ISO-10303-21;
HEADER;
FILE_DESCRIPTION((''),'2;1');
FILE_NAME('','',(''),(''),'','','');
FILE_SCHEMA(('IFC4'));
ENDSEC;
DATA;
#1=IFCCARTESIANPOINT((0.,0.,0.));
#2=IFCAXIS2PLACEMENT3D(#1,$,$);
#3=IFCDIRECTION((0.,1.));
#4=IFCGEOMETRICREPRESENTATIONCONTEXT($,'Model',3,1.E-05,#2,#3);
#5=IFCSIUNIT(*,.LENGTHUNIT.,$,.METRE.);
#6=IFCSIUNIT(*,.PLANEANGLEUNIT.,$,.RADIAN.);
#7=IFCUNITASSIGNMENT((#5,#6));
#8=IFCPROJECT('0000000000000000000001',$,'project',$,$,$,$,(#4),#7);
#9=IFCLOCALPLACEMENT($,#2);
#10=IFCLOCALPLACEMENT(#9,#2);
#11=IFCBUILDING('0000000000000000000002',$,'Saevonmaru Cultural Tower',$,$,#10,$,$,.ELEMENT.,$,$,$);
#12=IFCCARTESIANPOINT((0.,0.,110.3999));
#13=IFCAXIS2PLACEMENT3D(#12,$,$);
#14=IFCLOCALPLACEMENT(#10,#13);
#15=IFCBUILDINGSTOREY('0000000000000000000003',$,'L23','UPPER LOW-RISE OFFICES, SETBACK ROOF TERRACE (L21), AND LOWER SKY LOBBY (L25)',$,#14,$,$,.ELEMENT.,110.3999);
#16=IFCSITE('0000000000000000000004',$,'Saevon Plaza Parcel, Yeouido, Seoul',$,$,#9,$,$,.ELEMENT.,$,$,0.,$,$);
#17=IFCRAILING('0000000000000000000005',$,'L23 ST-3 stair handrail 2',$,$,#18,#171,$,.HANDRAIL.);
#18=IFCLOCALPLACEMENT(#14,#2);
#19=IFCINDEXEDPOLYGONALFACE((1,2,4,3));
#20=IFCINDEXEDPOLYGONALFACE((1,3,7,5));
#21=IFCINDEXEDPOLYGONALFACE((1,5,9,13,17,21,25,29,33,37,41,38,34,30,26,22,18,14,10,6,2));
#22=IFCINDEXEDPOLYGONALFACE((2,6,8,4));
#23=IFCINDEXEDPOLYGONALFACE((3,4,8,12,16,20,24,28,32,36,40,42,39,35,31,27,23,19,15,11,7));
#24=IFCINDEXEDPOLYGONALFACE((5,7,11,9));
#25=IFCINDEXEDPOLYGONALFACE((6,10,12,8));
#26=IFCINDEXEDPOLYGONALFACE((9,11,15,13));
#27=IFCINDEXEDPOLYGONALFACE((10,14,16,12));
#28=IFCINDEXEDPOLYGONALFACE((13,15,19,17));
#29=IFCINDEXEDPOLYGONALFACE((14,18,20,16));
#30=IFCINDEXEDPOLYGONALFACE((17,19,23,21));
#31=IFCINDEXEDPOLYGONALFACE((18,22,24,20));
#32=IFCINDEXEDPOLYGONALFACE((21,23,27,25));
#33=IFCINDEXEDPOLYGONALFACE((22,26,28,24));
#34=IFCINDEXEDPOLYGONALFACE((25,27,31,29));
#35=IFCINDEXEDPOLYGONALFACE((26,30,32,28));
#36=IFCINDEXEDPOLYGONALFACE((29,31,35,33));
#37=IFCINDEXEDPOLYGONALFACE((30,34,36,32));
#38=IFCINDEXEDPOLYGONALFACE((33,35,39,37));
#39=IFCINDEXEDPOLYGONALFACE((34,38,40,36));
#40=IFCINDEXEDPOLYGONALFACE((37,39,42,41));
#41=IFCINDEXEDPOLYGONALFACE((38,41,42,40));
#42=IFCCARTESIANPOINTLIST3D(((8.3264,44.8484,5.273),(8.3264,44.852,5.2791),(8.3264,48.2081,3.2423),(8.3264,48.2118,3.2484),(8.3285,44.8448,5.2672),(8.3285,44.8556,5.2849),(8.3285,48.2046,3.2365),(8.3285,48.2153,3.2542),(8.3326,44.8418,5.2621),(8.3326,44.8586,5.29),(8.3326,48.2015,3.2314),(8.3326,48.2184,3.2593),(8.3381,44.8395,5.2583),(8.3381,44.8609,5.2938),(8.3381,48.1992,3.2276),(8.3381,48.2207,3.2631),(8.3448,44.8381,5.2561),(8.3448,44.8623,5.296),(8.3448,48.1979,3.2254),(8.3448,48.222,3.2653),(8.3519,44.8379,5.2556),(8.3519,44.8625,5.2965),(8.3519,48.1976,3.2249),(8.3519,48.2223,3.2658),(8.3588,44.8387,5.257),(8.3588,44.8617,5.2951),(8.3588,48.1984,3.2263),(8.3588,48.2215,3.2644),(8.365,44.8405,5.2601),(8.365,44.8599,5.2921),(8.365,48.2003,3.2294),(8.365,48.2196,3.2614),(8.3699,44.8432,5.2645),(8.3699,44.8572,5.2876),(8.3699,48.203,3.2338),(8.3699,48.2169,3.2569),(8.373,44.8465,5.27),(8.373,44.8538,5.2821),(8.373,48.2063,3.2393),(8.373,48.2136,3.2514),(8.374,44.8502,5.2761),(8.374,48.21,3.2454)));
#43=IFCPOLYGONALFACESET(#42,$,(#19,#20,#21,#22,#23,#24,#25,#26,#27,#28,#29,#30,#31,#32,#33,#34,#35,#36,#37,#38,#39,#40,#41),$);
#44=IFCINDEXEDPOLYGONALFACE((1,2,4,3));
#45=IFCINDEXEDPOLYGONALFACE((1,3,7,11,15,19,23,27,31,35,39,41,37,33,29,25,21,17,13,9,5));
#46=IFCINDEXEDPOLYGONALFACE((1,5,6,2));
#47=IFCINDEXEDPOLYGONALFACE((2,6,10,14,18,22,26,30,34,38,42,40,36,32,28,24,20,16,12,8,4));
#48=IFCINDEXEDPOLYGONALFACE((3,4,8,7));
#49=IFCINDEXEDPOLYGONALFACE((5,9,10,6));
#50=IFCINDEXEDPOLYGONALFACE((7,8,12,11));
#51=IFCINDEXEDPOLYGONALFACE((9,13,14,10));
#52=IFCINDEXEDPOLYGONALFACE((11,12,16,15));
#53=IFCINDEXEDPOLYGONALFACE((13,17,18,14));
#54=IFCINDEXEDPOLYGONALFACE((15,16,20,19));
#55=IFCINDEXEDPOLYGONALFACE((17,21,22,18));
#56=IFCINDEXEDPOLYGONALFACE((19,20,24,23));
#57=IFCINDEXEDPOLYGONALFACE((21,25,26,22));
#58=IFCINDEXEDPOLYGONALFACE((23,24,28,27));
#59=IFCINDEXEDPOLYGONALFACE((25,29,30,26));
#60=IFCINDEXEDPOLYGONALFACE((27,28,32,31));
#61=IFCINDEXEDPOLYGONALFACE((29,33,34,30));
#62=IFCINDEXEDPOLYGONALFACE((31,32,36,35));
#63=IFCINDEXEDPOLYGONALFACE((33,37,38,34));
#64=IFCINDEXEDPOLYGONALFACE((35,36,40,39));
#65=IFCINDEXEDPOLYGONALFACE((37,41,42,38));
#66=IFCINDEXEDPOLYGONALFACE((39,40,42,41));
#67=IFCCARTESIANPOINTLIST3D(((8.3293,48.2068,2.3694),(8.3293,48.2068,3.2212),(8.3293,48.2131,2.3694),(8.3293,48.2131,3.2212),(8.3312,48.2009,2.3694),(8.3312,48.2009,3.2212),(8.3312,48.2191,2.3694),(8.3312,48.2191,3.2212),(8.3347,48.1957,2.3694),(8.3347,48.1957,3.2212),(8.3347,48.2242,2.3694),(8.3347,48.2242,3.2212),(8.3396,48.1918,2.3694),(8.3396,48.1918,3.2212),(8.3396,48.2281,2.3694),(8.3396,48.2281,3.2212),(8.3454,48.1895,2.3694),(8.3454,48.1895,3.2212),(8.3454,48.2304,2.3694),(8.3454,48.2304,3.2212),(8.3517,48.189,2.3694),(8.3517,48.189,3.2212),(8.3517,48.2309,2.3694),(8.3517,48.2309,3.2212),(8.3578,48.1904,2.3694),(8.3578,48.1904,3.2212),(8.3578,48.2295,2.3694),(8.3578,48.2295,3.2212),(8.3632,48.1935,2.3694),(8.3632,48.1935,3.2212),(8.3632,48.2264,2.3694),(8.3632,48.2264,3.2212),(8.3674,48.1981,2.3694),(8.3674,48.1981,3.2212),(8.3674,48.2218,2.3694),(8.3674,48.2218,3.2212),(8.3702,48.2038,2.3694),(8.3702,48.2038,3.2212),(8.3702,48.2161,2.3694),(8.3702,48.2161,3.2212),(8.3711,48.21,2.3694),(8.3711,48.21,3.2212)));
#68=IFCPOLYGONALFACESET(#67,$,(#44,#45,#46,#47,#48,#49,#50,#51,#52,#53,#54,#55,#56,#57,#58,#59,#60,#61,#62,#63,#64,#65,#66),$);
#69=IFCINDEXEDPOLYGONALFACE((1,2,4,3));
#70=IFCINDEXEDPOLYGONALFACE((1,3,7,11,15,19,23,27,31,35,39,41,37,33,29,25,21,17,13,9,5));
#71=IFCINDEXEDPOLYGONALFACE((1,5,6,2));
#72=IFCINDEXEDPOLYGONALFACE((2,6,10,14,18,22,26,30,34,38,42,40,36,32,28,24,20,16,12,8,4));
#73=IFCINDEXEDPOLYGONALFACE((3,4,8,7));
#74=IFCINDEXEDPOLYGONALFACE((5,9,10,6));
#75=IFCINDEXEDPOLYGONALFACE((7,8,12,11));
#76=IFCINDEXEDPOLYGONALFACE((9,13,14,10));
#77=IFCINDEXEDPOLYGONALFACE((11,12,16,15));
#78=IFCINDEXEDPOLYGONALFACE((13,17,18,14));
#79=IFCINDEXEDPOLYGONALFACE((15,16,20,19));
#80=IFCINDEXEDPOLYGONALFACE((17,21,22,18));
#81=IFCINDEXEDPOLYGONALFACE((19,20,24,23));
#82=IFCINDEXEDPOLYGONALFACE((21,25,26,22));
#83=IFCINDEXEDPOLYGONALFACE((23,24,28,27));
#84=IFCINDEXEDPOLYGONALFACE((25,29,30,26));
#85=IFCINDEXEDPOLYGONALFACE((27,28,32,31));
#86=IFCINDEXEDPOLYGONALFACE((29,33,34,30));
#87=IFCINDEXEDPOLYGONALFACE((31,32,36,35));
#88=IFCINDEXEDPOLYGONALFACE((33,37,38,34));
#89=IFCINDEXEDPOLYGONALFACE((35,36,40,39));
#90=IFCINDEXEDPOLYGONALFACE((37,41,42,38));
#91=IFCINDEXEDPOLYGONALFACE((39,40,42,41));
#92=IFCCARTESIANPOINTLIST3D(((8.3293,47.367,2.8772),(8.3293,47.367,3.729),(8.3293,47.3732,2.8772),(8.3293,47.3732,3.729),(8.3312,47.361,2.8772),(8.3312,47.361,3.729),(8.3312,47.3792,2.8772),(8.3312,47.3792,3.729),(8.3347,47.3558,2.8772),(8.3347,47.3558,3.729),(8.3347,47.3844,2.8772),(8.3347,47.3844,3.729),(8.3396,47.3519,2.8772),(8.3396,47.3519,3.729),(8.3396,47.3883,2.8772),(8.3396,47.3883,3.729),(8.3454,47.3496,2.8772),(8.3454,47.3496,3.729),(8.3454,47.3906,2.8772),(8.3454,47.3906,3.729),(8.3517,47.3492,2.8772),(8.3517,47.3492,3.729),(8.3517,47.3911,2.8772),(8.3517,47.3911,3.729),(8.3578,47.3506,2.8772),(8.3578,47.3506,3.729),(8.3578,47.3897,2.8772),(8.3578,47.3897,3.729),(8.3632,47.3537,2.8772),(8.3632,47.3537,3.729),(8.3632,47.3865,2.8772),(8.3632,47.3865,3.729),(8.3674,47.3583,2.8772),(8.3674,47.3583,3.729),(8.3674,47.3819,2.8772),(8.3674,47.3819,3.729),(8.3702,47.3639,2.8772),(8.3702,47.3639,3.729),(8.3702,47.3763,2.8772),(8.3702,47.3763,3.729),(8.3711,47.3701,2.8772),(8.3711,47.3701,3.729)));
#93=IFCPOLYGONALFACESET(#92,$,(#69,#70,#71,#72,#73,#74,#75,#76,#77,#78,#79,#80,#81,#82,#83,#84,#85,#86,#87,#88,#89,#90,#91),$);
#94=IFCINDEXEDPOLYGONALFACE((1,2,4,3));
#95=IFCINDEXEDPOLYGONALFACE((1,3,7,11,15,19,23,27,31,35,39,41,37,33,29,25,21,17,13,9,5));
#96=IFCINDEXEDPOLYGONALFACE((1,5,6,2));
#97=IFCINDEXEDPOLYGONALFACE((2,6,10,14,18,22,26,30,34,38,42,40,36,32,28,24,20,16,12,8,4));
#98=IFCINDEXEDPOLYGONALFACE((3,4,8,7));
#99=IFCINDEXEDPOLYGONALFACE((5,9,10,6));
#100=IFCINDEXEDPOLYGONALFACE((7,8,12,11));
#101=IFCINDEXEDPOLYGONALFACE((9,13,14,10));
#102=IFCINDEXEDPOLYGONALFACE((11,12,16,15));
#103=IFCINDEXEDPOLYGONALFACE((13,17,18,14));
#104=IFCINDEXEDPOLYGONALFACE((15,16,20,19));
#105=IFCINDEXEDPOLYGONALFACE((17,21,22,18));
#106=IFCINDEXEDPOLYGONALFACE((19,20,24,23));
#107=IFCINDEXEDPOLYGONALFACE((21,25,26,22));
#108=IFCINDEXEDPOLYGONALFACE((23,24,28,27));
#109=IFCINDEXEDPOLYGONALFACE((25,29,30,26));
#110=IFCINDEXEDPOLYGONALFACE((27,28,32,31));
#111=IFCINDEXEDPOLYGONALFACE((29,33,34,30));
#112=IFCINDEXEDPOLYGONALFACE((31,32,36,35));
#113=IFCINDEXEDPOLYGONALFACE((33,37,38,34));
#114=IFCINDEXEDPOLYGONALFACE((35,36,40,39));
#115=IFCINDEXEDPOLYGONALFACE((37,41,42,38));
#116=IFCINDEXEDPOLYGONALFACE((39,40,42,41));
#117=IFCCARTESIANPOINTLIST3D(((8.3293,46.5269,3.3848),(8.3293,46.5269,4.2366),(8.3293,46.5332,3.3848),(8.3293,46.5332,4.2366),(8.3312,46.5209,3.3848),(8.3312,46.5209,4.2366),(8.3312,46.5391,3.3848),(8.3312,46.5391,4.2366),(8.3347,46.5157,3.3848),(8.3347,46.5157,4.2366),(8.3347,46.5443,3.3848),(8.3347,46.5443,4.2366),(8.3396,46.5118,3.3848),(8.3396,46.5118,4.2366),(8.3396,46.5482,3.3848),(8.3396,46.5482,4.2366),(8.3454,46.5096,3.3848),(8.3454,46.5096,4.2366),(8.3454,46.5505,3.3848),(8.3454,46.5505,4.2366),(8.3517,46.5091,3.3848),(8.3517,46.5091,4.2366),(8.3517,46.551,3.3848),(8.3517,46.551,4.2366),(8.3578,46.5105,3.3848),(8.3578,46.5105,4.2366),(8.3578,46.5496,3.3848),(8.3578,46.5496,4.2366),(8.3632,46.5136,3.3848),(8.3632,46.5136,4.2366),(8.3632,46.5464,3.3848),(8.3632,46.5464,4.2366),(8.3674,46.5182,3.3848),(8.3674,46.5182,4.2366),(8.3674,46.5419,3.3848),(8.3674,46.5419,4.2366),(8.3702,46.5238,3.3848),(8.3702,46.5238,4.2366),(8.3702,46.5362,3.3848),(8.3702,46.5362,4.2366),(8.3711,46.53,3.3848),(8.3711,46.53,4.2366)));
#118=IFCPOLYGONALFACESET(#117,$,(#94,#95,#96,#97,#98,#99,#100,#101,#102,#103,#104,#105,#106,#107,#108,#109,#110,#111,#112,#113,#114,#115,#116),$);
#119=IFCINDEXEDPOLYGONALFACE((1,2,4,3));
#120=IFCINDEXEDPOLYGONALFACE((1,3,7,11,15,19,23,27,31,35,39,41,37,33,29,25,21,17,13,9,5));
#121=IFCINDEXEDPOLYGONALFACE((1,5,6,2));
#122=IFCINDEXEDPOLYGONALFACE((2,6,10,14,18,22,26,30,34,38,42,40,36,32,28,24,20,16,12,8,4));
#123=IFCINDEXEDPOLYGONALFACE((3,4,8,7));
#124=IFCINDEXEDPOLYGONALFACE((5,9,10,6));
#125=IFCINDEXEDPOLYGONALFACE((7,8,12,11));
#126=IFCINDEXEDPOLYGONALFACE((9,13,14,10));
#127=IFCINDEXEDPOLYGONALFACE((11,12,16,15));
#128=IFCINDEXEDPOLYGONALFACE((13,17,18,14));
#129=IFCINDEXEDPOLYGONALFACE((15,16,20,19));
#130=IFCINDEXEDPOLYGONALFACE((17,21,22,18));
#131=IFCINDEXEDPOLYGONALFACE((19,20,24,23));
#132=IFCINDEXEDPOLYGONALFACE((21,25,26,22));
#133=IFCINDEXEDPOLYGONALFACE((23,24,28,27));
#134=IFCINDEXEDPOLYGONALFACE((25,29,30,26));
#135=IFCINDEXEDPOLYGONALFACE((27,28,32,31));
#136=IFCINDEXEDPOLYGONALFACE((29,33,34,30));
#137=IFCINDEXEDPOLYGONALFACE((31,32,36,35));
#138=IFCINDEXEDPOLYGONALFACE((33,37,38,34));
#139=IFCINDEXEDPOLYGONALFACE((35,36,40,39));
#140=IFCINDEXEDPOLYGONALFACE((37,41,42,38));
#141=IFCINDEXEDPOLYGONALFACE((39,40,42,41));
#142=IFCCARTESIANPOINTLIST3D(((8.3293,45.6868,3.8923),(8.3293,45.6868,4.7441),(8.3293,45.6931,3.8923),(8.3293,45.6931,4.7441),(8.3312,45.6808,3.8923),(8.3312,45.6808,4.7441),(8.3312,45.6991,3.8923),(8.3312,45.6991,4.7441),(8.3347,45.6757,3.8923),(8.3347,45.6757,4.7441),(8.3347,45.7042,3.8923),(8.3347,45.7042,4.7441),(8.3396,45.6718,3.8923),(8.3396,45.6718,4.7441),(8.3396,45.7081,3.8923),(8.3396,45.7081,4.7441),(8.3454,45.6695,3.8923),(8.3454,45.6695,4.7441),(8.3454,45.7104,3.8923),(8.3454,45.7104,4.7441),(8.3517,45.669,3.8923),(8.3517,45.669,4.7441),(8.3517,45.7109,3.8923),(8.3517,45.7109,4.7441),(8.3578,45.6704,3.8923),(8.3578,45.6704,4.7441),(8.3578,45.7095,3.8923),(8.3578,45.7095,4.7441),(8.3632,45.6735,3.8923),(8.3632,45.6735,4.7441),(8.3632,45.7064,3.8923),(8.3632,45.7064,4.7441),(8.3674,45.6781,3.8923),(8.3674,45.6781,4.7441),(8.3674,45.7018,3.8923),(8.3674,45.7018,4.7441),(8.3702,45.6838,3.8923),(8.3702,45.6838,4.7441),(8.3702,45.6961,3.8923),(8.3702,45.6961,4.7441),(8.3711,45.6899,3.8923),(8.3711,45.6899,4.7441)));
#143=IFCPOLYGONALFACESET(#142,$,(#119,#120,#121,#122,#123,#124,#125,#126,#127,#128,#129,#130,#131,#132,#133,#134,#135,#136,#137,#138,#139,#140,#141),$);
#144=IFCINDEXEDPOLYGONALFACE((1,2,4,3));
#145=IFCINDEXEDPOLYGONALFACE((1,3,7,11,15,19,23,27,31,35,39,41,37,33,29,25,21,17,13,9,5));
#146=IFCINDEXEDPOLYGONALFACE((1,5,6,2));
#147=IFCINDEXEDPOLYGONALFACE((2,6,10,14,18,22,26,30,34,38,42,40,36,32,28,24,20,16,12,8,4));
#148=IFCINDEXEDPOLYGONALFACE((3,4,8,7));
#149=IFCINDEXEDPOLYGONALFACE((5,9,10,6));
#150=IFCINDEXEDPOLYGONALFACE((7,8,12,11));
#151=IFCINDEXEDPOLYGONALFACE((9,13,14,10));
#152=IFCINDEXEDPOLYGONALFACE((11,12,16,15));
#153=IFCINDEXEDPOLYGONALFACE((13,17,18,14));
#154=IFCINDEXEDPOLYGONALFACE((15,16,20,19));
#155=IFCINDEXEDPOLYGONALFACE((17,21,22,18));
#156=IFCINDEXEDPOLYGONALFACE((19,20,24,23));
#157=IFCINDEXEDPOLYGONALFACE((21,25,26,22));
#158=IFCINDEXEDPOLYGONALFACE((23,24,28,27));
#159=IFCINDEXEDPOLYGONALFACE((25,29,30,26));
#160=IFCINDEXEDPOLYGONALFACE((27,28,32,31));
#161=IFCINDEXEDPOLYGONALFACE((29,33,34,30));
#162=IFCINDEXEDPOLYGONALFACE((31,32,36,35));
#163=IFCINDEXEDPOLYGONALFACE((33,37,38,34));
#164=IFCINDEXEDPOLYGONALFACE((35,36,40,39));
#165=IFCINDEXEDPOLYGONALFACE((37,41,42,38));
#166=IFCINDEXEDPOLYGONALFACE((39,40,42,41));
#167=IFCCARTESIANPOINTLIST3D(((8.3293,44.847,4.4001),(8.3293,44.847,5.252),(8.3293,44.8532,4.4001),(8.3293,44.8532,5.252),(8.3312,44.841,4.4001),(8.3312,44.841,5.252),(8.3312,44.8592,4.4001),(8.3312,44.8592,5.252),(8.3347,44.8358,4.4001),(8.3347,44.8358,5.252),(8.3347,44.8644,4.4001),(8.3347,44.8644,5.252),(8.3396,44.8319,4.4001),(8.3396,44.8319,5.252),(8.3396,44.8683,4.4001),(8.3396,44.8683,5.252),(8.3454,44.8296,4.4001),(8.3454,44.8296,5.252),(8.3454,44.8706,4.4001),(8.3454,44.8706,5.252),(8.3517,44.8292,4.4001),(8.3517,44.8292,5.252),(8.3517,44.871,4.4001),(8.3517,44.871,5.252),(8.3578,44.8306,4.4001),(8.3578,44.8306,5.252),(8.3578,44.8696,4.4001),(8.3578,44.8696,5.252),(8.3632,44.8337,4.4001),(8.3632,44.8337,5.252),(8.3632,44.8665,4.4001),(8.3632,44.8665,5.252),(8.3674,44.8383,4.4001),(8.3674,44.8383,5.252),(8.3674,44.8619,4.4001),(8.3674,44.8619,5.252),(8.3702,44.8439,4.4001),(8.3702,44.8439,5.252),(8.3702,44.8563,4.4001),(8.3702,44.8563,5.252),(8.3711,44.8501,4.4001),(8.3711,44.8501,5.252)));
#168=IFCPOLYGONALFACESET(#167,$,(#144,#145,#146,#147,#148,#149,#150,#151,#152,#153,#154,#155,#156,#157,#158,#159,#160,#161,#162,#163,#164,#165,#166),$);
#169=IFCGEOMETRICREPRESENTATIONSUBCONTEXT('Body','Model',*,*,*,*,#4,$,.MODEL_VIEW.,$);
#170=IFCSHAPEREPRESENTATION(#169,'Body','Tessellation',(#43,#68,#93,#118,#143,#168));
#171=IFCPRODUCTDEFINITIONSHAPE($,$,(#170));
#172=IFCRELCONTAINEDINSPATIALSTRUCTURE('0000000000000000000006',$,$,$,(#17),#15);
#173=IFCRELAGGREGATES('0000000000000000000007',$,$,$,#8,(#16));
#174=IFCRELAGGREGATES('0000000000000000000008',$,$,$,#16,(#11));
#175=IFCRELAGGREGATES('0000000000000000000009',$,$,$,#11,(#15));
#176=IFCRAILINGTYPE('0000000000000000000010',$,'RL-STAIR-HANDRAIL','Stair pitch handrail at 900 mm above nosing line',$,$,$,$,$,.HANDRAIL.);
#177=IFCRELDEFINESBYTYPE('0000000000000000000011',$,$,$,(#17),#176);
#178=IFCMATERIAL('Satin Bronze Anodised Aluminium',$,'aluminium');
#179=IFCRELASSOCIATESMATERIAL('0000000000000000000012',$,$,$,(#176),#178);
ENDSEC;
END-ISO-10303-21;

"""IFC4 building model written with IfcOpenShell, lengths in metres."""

from ifc_helpers import new_model, si_unit, direction, frame, origin, origin_2d, place, context, subcontext, project, spatial, circle, extrude, material, type_object, element, save


model = new_model("IFC4")

# Units and contexts
model_context = context("Model", 3, precision=1e-05, world=origin(), true_north=direction((0.0, 1.0)))
body_context = subcontext(model_context, "Body", "Model", "MODEL_VIEW")
ifc_project = project(units=[si_unit("LENGTHUNIT", "METRE"), si_unit("PLANEANGLEUNIT", "RADIAN")], contexts=[model_context])

# Site, building, storey
site_placement = place(None, origin())
site = spatial("IfcSite", under=ifc_project, at=site_placement, Name="Saevon Plaza Parcel, Yeouido, Seoul", CompositionType="ELEMENT", RefElevation=0.0)
building_placement = place(site_placement, origin())
building = spatial("IfcBuilding", under=site, at=building_placement, Name="Saevonmaru Cultural Tower", CompositionType="ELEMENT")
storey_placement = place(building_placement, frame((0.0, 0.0, 110.3999)))
storey = spatial("IfcBuildingStorey", under=building, at=storey_placement, Name="L23", Description="UPPER LOW-RISE OFFICES, SETBACK ROOF TERRACE (L21), AND LOWER SKY LOBBY (L25)", CompositionType="ELEMENT", Elevation=110.3999)

# Shared definitions
ifc_material_1 = material(Name="Satin Bronze Anodised Aluminium", Category="aluminium")

# Railing
railing_type_1 = type_object("IfcRailingType", Name="RL-STAIR-HANDRAIL", Description="Stair pitch handrail at 900 mm above nosing line", PredefinedType="HANDRAIL", material=ifc_material_1)
railing_1_placement = place(storey_placement, frame((8.3501, 48.21, 2.3694)))
element("IfcRailing", 1, at=railing_1_placement, inside=storey, type_object=railing_type_1, Name="L23 ST-3 stair handrail 2", PredefinedType="HANDRAIL", context=body_context, shape_type="SweptSolid", body=[
    extrude(circle(Radius=0.0239, at=origin_2d()), frame((0.0, 0.0, 0.876), z_axis=(0.0, -0.85582, 0.517273), x_axis=(1.0, 0.0, 0.0)), (0.0, 0.0, 1.0), 3.9258),
    extrude(circle(Radius=0.021, at=origin_2d()), origin(), (0.0, 0.0, 1.0), 0.8518),
    extrude(circle(Radius=0.021, at=origin_2d()), frame((0.0, -0.8398, 0.5078)), (0.0, 0.0, 1.0), 0.8518),
    extrude(circle(Radius=0.021, at=origin_2d()), frame((0.0, -1.6799, 1.0154)), (0.0, 0.0, 1.0), 0.8518),
    extrude(circle(Radius=0.021, at=origin_2d()), frame((0.0, -2.52, 1.5229)), (0.0, 0.0, 1.0), 0.8518),
    extrude(circle(Radius=0.021, at=origin_2d()), frame((0.0, -3.3599, 2.0308)), (0.0, 0.0, 1.0), 0.8518),
])

save(model, "model.ifc")
